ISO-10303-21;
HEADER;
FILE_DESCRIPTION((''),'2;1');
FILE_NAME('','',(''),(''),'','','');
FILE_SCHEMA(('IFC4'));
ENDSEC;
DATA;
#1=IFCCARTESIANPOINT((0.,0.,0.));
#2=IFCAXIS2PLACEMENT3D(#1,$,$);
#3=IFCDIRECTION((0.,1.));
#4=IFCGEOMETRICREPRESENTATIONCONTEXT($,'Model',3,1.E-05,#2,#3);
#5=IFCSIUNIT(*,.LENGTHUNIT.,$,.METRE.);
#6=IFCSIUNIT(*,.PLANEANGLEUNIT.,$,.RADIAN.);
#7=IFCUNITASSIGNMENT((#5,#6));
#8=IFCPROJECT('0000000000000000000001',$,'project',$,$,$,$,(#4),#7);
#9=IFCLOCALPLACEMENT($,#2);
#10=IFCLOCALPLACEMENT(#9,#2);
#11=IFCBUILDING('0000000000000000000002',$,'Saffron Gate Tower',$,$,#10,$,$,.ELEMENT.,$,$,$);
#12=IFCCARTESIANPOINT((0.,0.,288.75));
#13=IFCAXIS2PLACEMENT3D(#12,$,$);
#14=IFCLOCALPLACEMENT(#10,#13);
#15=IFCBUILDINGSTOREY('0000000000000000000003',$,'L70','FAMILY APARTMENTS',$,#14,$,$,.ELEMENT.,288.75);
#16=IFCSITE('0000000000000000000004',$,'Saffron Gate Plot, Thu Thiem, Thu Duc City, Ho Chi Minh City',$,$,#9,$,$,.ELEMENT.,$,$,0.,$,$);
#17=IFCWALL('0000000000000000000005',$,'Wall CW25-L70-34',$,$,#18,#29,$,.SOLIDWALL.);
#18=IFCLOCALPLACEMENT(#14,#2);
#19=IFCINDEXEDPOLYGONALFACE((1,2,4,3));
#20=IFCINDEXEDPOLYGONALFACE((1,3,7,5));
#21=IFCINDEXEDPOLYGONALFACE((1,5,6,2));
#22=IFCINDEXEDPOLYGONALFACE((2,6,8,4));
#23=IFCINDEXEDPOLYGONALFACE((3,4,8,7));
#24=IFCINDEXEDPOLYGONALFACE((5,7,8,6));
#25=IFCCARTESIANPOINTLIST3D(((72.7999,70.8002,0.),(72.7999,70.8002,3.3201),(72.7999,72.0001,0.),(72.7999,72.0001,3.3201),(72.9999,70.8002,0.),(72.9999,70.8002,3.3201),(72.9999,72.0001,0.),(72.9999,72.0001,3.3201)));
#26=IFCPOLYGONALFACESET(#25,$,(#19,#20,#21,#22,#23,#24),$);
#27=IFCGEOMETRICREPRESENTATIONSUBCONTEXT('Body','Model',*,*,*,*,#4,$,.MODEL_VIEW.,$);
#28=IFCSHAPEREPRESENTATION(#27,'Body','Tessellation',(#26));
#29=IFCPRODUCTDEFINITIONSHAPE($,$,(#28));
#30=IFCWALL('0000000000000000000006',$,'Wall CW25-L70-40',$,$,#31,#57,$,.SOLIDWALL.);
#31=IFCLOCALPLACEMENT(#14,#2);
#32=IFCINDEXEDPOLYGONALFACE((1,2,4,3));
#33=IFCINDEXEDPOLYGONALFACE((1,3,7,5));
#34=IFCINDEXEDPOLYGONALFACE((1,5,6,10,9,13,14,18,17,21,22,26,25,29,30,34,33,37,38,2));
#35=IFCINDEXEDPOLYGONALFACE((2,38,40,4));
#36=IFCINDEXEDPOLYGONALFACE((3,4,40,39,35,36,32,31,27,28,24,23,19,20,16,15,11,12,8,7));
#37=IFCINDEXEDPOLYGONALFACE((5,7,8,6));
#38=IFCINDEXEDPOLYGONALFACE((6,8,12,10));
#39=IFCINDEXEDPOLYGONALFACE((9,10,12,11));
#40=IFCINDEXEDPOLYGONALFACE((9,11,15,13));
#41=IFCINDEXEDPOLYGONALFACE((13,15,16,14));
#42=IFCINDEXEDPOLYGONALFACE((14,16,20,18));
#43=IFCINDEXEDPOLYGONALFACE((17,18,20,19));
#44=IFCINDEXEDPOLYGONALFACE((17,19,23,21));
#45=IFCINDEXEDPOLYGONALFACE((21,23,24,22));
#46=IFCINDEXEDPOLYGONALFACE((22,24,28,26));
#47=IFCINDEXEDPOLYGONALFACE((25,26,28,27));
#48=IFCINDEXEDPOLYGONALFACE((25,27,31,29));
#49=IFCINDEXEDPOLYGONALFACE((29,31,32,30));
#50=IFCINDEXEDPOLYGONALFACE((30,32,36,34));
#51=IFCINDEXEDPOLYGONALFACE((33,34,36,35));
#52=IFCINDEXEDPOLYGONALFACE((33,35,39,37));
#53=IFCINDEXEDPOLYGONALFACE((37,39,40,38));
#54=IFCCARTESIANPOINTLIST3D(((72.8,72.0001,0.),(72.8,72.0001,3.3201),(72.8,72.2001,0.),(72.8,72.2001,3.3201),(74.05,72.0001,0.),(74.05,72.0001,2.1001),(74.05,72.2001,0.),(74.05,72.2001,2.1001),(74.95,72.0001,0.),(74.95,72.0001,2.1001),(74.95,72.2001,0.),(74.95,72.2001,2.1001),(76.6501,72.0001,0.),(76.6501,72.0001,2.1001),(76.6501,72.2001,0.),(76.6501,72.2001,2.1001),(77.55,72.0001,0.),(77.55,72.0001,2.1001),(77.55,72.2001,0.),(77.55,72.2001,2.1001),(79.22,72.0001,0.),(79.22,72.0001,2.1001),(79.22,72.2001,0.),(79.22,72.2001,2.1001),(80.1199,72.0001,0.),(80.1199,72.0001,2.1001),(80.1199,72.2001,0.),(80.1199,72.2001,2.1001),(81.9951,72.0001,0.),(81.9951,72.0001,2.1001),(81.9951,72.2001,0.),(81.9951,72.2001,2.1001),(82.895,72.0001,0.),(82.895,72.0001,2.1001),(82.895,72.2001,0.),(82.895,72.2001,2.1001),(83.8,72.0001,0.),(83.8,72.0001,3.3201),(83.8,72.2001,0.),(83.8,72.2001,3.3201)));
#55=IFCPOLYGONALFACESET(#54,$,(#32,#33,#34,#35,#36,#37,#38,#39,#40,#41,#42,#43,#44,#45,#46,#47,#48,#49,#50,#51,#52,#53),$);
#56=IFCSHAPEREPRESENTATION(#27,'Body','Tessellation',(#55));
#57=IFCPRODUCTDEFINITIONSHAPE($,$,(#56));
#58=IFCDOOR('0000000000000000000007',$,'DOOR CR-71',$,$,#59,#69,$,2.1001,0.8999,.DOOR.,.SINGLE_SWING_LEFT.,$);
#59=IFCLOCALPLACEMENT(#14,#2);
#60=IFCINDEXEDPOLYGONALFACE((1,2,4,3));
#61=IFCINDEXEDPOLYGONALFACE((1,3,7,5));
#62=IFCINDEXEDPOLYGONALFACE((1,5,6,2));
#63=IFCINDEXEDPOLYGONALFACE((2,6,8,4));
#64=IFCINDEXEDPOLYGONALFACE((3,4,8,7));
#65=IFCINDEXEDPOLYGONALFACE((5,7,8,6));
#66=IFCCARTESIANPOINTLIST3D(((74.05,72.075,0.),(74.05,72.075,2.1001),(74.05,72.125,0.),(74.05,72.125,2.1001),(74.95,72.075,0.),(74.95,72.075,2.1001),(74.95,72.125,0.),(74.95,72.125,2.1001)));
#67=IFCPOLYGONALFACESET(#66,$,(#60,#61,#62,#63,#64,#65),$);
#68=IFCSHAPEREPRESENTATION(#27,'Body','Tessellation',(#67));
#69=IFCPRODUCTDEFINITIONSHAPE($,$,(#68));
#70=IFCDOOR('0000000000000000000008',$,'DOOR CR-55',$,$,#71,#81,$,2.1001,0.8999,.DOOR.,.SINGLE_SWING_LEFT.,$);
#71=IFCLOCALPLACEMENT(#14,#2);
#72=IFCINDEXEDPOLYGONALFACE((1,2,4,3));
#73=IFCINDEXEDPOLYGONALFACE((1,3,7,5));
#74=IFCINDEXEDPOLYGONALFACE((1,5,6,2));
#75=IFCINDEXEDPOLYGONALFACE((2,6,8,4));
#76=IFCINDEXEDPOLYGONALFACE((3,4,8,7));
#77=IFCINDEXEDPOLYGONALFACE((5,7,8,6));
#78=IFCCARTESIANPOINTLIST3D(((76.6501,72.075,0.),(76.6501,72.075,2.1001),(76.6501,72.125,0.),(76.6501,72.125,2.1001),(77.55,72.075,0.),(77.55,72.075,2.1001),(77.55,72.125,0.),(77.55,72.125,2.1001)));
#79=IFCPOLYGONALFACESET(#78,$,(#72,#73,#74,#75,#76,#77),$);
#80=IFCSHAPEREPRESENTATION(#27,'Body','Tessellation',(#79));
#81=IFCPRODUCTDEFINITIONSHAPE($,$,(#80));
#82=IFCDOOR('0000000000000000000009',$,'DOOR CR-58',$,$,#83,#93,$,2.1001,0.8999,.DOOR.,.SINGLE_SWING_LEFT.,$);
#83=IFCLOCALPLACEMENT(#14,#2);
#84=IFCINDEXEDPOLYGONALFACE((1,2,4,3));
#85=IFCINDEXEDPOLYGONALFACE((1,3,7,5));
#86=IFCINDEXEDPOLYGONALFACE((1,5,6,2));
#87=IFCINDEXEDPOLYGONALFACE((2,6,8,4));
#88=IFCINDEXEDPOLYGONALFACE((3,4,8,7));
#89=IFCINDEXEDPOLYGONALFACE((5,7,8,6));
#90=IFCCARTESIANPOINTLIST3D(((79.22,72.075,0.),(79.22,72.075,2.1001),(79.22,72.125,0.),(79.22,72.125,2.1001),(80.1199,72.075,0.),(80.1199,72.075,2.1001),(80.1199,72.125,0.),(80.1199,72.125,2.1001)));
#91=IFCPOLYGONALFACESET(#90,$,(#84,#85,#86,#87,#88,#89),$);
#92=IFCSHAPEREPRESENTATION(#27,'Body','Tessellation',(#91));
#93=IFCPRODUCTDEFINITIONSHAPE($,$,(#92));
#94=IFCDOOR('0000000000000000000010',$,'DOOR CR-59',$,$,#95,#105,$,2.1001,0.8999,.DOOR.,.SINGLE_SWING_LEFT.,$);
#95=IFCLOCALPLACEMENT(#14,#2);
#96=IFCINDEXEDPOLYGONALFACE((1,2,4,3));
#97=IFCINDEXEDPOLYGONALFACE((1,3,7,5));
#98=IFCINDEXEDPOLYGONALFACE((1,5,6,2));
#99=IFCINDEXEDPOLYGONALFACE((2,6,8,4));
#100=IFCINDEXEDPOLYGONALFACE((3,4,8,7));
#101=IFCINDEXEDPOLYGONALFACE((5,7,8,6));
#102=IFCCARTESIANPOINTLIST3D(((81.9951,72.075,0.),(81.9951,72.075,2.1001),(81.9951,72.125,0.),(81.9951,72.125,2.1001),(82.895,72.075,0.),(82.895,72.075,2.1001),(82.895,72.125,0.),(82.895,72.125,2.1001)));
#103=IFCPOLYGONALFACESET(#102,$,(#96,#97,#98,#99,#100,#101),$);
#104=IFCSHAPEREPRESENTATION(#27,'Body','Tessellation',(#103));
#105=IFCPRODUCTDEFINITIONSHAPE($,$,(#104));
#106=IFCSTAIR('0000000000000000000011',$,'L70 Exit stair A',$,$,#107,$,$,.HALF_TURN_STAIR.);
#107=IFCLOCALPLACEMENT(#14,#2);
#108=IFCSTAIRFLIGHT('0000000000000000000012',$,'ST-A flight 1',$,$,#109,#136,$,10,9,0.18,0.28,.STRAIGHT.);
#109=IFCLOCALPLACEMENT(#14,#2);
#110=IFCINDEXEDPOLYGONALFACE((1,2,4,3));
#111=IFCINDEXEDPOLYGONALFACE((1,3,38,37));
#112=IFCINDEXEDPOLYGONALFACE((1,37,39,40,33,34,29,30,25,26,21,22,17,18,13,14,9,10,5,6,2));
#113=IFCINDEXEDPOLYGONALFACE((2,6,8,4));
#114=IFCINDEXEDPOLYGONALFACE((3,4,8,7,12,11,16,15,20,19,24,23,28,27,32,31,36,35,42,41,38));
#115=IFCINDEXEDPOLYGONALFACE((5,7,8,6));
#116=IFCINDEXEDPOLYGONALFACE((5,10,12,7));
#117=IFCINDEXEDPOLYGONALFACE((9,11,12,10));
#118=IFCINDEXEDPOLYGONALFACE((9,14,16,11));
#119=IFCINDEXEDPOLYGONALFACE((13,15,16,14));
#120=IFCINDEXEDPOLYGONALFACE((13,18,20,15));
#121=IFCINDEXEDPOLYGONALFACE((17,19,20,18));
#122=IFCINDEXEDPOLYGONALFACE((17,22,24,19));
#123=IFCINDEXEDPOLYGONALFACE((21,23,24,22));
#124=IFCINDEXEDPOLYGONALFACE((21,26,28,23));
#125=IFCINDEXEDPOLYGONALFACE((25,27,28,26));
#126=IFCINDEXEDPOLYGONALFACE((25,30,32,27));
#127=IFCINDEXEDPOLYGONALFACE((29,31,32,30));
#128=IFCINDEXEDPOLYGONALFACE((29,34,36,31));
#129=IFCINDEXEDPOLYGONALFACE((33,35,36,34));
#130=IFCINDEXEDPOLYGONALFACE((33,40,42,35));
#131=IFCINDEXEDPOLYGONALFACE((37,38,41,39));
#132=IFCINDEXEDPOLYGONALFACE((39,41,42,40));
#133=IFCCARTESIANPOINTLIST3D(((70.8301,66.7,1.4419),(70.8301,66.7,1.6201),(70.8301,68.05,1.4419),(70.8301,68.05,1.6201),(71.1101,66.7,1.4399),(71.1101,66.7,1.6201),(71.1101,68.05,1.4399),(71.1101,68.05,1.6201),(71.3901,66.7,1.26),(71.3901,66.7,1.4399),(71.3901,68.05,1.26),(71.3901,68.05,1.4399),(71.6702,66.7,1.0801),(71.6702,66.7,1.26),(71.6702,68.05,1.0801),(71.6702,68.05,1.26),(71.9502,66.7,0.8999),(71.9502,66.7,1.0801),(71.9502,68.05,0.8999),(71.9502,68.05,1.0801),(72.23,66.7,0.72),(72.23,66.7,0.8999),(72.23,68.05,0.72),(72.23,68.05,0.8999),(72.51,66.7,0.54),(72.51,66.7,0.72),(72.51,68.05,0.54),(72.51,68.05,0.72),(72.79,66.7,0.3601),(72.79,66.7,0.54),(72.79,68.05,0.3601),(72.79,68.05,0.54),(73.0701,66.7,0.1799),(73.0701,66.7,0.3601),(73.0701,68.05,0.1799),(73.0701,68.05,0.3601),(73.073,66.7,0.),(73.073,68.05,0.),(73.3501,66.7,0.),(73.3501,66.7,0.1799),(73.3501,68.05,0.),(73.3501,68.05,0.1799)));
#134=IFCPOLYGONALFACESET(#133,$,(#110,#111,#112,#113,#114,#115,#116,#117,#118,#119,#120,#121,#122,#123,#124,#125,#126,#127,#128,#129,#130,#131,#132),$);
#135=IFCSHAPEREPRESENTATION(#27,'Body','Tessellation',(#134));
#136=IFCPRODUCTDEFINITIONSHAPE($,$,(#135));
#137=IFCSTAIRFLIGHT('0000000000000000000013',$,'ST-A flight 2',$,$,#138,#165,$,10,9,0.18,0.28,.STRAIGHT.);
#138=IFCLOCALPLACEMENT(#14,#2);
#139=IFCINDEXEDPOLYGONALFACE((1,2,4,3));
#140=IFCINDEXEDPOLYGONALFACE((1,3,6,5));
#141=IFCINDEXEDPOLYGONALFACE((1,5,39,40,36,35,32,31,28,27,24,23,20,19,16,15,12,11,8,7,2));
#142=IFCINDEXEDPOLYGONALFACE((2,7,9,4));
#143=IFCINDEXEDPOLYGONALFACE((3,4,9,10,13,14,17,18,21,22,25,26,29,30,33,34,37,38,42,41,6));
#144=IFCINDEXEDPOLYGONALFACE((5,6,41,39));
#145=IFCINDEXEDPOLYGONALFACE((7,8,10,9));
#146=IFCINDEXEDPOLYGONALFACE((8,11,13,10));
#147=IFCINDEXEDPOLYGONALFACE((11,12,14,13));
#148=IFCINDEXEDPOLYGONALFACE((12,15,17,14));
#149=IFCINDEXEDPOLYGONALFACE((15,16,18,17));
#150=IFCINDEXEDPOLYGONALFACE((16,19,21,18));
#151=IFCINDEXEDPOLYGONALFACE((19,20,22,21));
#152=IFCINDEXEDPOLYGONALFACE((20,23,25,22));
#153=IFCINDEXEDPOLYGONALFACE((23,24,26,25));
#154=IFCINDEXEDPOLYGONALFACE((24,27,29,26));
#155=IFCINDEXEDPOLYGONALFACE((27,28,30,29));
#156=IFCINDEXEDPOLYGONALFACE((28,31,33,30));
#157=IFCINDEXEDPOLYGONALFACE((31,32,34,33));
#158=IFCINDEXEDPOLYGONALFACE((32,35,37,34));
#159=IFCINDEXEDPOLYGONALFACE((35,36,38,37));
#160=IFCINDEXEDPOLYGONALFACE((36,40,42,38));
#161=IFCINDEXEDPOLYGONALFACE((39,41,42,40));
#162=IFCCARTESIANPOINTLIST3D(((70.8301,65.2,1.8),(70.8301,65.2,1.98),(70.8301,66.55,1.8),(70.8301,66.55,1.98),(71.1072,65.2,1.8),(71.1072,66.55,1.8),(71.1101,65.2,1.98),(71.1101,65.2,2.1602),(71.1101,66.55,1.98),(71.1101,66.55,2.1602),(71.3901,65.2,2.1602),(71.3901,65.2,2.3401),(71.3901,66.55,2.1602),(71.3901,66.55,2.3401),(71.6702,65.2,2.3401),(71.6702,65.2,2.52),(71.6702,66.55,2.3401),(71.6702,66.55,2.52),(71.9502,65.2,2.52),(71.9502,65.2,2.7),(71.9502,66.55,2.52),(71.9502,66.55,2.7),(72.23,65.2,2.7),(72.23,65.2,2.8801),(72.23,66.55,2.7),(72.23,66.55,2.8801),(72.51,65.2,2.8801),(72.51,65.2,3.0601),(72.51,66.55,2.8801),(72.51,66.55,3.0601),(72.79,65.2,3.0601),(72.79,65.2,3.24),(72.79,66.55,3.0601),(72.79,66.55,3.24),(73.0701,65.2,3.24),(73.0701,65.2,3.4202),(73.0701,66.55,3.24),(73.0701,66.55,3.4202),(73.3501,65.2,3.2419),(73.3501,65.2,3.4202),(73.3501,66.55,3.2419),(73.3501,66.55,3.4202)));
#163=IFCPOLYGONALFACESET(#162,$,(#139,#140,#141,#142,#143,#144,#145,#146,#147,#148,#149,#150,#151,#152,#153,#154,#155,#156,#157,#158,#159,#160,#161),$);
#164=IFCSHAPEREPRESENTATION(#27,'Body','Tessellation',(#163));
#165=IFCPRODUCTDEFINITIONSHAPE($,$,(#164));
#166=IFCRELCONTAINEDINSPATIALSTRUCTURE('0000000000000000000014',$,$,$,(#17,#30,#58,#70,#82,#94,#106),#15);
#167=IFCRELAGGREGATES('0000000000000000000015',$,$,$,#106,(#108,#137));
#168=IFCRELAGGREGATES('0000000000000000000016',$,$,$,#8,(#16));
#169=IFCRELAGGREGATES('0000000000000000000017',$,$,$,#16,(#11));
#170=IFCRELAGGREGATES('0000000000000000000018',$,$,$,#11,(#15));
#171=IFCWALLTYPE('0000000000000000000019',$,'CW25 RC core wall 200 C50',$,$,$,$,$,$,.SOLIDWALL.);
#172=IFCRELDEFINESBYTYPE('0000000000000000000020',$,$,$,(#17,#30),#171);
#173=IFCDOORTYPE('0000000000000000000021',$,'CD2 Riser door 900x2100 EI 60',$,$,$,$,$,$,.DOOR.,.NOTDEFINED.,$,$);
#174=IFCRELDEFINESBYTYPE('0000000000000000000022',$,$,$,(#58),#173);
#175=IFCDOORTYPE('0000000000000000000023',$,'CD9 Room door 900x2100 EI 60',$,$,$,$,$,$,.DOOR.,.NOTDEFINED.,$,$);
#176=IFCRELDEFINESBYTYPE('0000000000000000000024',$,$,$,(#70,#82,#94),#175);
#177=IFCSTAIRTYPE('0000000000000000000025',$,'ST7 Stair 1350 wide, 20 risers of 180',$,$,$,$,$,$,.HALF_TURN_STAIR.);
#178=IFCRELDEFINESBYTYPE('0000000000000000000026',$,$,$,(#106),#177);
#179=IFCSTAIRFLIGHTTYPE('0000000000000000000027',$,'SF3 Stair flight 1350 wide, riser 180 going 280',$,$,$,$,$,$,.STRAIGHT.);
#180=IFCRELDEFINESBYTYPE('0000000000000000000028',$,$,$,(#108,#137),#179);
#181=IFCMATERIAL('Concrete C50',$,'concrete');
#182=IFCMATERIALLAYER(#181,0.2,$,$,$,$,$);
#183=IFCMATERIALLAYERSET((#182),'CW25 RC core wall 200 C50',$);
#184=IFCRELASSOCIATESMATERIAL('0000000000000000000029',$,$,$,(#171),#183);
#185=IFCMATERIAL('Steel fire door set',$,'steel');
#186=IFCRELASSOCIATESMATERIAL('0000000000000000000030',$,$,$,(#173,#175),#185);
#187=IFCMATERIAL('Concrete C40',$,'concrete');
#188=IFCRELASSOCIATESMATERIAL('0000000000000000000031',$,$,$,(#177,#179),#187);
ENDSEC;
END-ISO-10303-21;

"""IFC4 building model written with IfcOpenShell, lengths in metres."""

from ifc_helpers import new_model, si_unit, direction, frame, frame_2d, origin, place, context, subcontext, project, spatial, polyline, rectangle, outline, extrude, material, layer, layer_set, type_object, element, fill, aggregate, save


model = new_model("IFC4")

# Units and contexts
model_context = context("Model", 3, precision=1e-05, world=origin(), true_north=direction((0.0, 1.0)))
body_context = subcontext(model_context, "Body", "Model", "MODEL_VIEW")
ifc_project = project(units=[si_unit("LENGTHUNIT", "METRE"), si_unit("PLANEANGLEUNIT", "RADIAN")], contexts=[model_context])

# Site, building, storey
site_placement = place(None, origin())
site = spatial("IfcSite", under=ifc_project, at=site_placement, Name="Saffron Gate Plot, Thu Thiem, Thu Duc City, Ho Chi Minh City", CompositionType="ELEMENT", RefElevation=0.0)
building_placement = place(site_placement, origin())
building = spatial("IfcBuilding", under=site, at=building_placement, Name="Saffron Gate Tower", CompositionType="ELEMENT")
storey_placement = place(building_placement, frame((0.0, 0.0, 288.75)))
storey = spatial("IfcBuildingStorey", under=building, at=storey_placement, Name="L70", Description="FAMILY APARTMENTS", CompositionType="ELEMENT", Elevation=288.75)

# Wall
ifc_material_1 = material(Name="Concrete C50", Category="concrete")
ifc_layer = layer(ifc_material_1, 0.2)
ifc_layer_set = layer_set([ifc_layer], Name="CW25 RC core wall 200 C50")
wall_type = type_object("IfcWallType", Name="CW25 RC core wall 200 C50", PredefinedType="SOLIDWALL", material=ifc_layer_set)
wall_1_placement = place(storey_placement, frame((72.8999, 70.8, 0.0), z_axis=(0.0, 0.0, 1.0), x_axis=(0.0, 1.0, 0.0)))
element("IfcWall", 1, at=wall_1_placement, inside=storey, type_object=wall_type, Name="Wall CW25-L70-34", PredefinedType="SOLIDWALL", context=body_context, shape_type="SweptSolid", body=[
    extrude(rectangle(XDim=1.2, YDim=0.2, at=frame_2d((0.6001, 0.0))), origin(), (0.0, 0.0, 1.0), 3.3201),
])

# Wall, openings, doors
wall_2_placement = place(storey_placement, frame((72.8, 72.1001, 0.0), z_axis=(0.0, 0.0, 1.0), x_axis=(1.0, 0.0, 0.0)))
wall_2 = element("IfcWall", 2, at=wall_2_placement, inside=storey, type_object=wall_type, Name="Wall CW25-L70-40", PredefinedType="SOLIDWALL", context=body_context, shape_type="SweptSolid", body=[
    extrude(rectangle(XDim=11.0, YDim=0.2, at=frame_2d((5.5, 0.0))), origin(), (0.0, 0.0, 1.0), 3.3201),
])
opening_1_placement = place(wall_2_placement, frame((1.25, 0.0, 0.0)))
opening_1 = element("IfcOpeningElement", 3, at=opening_1_placement, cuts=wall_2, PredefinedType="OPENING", context=body_context, shape_type="SweptSolid", body=[
    extrude(rectangle(XDim=0.8999, YDim=2.1001, at=frame_2d((0.45, 1.05))), frame((0.0, 0.1099, 0.0), z_axis=(0.0, -1.0, 0.0), x_axis=(1.0, 0.0, 0.0)), (0.0, 0.0, 1.0), 0.22),
])
opening_2_placement = place(wall_2_placement, frame((3.8501, 0.0, 0.0)))
opening_2 = element("IfcOpeningElement", 4, at=opening_2_placement, cuts=wall_2, PredefinedType="OPENING", context=body_context, shape_type="SweptSolid", body=[
    extrude(rectangle(XDim=0.8999, YDim=2.1001, at=frame_2d((0.45, 1.05))), frame((0.0, 0.1099, 0.0), z_axis=(0.0, -1.0, 0.0), x_axis=(1.0, 0.0, 0.0)), (0.0, 0.0, 1.0), 0.22),
])
opening_3_placement = place(wall_2_placement, frame((6.4199, 0.0, 0.0)))
opening_3 = element("IfcOpeningElement", 5, at=opening_3_placement, cuts=wall_2, PredefinedType="OPENING", context=body_context, shape_type="SweptSolid", body=[
    extrude(rectangle(XDim=0.8999, YDim=2.1001, at=frame_2d((0.45, 1.05))), frame((0.0, 0.1099, 0.0), z_axis=(0.0, -1.0, 0.0), x_axis=(1.0, 0.0, 0.0)), (0.0, 0.0, 1.0), 0.22),
])
opening_4_placement = place(wall_2_placement, frame((9.1951, 0.0, 0.0)))
opening_4 = element("IfcOpeningElement", 6, at=opening_4_placement, cuts=wall_2, PredefinedType="OPENING", context=body_context, shape_type="SweptSolid", body=[
    extrude(rectangle(XDim=0.8999, YDim=2.1001, at=frame_2d((0.45, 1.05))), frame((0.0, 0.1099, 0.0), z_axis=(0.0, -1.0, 0.0), x_axis=(1.0, 0.0, 0.0)), (0.0, 0.0, 1.0), 0.22),
])
ifc_material_2 = material(Name="Steel fire door set", Category="steel")
door_type_1 = type_object("IfcDoorType", Name="CD2 Riser door 900x2100 EI 60", OperationType="NOTDEFINED", PredefinedType="DOOR", material=ifc_material_2)
door_1_placement = place(opening_1_placement, origin())
door_1 = element("IfcDoor", 7, at=door_1_placement, inside=storey, type_object=door_type_1, Name="DOOR CR-71", OperationType="SINGLE_SWING_LEFT", OverallHeight=2.1001, OverallWidth=0.8999, PredefinedType="DOOR", context=body_context, shape_type="SweptSolid", body=[
    extrude(rectangle(XDim=0.8999, YDim=2.1001, at=frame_2d((0.45, 1.05))), frame((0.0, 0.0249, 0.0), z_axis=(0.0, -1.0, 0.0), x_axis=(1.0, 0.0, 0.0)), (0.0, 0.0, 1.0), 0.05),
])
fill(opening_1, door_1)
door_type_2 = type_object("IfcDoorType", Name="CD9 Room door 900x2100 EI 60", OperationType="NOTDEFINED", PredefinedType="DOOR", material=ifc_material_2)
door_2_placement = place(opening_2_placement, origin())
door_2 = element("IfcDoor", 8, at=door_2_placement, inside=storey, type_object=door_type_2, Name="DOOR CR-55", OperationType="SINGLE_SWING_LEFT", OverallHeight=2.1001, OverallWidth=0.8999, PredefinedType="DOOR", context=body_context, shape_type="SweptSolid", body=[
    extrude(rectangle(XDim=0.8999, YDim=2.1001, at=frame_2d((0.45, 1.05))), frame((0.0, 0.0249, 0.0), z_axis=(0.0, -1.0, 0.0), x_axis=(1.0, 0.0, 0.0)), (0.0, 0.0, 1.0), 0.05),
])
fill(opening_2, door_2)
door_3_placement = place(opening_3_placement, origin())
door_3 = element("IfcDoor", 9, at=door_3_placement, inside=storey, type_object=door_type_2, Name="DOOR CR-58", OperationType="SINGLE_SWING_LEFT", OverallHeight=2.1001, OverallWidth=0.8999, PredefinedType="DOOR", context=body_context, shape_type="SweptSolid", body=[
    extrude(rectangle(XDim=0.8999, YDim=2.1001, at=frame_2d((0.45, 1.05))), frame((0.0, 0.0249, 0.0), z_axis=(0.0, -1.0, 0.0), x_axis=(1.0, 0.0, 0.0)), (0.0, 0.0, 1.0), 0.05),
])
fill(opening_3, door_3)
door_4_placement = place(opening_4_placement, origin())
door_4 = element("IfcDoor", 10, at=door_4_placement, inside=storey, type_object=door_type_2, Name="DOOR CR-59", OperationType="SINGLE_SWING_LEFT", OverallHeight=2.1001, OverallWidth=0.8999, PredefinedType="DOOR", context=body_context, shape_type="SweptSolid", body=[
    extrude(rectangle(XDim=0.8999, YDim=2.1001, at=frame_2d((0.45, 1.05))), frame((0.0, 0.0249, 0.0), z_axis=(0.0, -1.0, 0.0), x_axis=(1.0, 0.0, 0.0)), (0.0, 0.0, 1.0), 0.05),
])
fill(opening_4, door_4)

# Stair, stair flights
ifc_material_3 = material(Name="Concrete C40", Category="concrete")
stair_type = type_object("IfcStairType", Name="ST7 Stair 1350 wide, 20 risers of 180", PredefinedType="HALF_TURN_STAIR", material=ifc_material_3)
stair_placement = place(storey_placement, origin())
stair = element("IfcStair", 11, at=stair_placement, inside=storey, type_object=stair_type, Name="L70 Exit stair A", PredefinedType="HALF_TURN_STAIR")
stair_flight_type = type_object("IfcStairFlightType", Name="SF3 Stair flight 1350 wide, riser 180 going 280", PredefinedType="STRAIGHT", material=ifc_material_3)
stair_flight_1_placement = place(storey_placement, frame((73.3501, 67.375, 0.0), z_axis=(0.0, 0.0, 1.0), x_axis=(-1.0, 0.0, 0.0)))
stair_flight_1 = element("IfcStairFlight", 12, at=stair_flight_1_placement, type_object=stair_flight_type, Name="ST-A flight 1", NumberOfRisers=10, NumberOfTreads=9, PredefinedType="STRAIGHT", RiserHeight=0.18, TreadLength=0.28, context=body_context, shape_type="SweptSolid", body=[
    extrude(outline(polyline([(0.0, 0.0), (0.0, 0.1799), (0.28, 0.1799), (0.28, 0.3601), (0.5601, 0.3601), (0.5601, 0.54), (0.8401, 0.54), (0.8401, 0.72), (1.1201, 0.72), (1.1201, 0.8999), (1.3999, 0.8999), (1.3999, 1.0801), (1.6799, 1.0801), (1.6799, 1.26), (1.96, 1.26), (1.96, 1.4399), (2.24, 1.4399), (2.24, 1.6201), (2.52, 1.6201), (2.52, 1.8), (2.52, 1.4419), (0.2771, 0.0), (0.0, 0.0)])), frame((0.0, 0.675, 0.0), z_axis=(0.0, -1.0, 0.0), x_axis=(1.0, 0.0, 0.0)), (0.0, 0.0, 1.0), 1.3501),
])
stair_flight_2_placement = place(storey_placement, frame((70.8301, 65.875, 1.8), z_axis=(0.0, 0.0, 1.0), x_axis=(1.0, 0.0, 0.0)))
stair_flight_2 = element("IfcStairFlight", 13, at=stair_flight_2_placement, type_object=stair_flight_type, Name="ST-A flight 2", NumberOfRisers=10, NumberOfTreads=9, PredefinedType="STRAIGHT", RiserHeight=0.18, TreadLength=0.28, context=body_context, shape_type="SweptSolid", body=[
    extrude(outline(polyline([(0.0, 0.0), (0.0, 0.1799), (0.28, 0.1799), (0.28, 0.3601), (0.5601, 0.3601), (0.5601, 0.54), (0.8401, 0.54), (0.8401, 0.72), (1.1201, 0.72), (1.1201, 0.8999), (1.3999, 0.8999), (1.3999, 1.0801), (1.6799, 1.0801), (1.6799, 1.26), (1.96, 1.26), (1.96, 1.4399), (2.24, 1.4399), (2.24, 1.6201), (2.52, 1.6201), (2.52, 1.8), (2.52, 1.4419), (0.2771, 0.0), (0.0, 0.0)])), frame((0.0, 0.675, 0.0), z_axis=(0.0, -1.0, 0.0), x_axis=(1.0, 0.0, 0.0)), (0.0, 0.0, 1.0), 1.3501),
])
aggregate(stair, [stair_flight_1, stair_flight_2])

save(model, "model.ifc")
